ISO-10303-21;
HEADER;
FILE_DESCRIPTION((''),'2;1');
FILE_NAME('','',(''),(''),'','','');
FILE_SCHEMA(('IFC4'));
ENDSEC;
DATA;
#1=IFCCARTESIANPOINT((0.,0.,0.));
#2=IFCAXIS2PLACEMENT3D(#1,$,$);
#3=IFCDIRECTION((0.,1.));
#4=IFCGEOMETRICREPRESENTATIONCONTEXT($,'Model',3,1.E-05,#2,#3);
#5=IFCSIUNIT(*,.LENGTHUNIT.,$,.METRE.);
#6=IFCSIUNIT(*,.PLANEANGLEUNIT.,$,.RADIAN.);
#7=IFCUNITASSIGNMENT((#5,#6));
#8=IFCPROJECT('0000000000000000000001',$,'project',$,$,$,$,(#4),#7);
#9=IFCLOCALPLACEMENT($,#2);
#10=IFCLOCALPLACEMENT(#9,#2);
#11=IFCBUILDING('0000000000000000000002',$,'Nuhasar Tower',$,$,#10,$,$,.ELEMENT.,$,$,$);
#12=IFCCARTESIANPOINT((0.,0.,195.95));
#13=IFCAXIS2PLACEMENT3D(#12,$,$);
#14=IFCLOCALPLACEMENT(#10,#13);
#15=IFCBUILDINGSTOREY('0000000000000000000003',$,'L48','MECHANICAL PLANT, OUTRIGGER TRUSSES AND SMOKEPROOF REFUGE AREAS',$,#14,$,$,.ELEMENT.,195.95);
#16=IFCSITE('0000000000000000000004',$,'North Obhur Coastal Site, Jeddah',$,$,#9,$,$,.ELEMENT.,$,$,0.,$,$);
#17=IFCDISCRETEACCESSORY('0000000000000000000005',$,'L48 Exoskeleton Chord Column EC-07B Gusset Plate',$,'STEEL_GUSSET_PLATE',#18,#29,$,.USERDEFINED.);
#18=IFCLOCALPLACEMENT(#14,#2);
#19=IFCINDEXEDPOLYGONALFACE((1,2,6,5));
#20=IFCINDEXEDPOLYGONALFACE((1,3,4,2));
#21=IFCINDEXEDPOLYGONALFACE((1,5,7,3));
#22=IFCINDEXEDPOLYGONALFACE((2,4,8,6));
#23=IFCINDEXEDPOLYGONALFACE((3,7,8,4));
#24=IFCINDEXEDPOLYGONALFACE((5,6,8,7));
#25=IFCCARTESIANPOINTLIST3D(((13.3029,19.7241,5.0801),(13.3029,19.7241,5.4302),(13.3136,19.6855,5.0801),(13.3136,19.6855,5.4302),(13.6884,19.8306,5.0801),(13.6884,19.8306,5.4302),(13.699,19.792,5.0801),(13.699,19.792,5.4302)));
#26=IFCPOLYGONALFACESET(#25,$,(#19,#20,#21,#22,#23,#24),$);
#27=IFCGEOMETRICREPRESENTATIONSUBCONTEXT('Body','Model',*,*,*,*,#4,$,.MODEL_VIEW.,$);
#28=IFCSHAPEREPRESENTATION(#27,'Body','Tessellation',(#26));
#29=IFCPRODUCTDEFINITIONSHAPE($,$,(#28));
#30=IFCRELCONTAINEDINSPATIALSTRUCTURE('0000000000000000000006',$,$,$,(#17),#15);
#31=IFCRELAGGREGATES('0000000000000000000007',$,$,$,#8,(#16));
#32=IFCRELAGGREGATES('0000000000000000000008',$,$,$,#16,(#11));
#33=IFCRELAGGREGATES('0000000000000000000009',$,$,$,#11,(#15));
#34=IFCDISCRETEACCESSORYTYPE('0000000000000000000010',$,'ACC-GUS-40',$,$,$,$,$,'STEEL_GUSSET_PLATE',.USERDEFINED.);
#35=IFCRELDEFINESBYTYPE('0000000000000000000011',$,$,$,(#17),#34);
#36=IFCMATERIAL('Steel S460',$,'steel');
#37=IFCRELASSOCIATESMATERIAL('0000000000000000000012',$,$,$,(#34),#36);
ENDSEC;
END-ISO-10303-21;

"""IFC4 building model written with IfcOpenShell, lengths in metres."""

from ifc_helpers import new_model, si_unit, direction, frame, origin, origin_2d, place, context, subcontext, project, spatial, rectangle, extrude, material, type_object, element, save


model = new_model("IFC4")

# Units and contexts
model_context = context("Model", 3, precision=1e-05, world=origin(), true_north=direction((0.0, 1.0)))
body_context = subcontext(model_context, "Body", "Model", "MODEL_VIEW")
ifc_project = project(units=[si_unit("LENGTHUNIT", "METRE"), si_unit("PLANEANGLEUNIT", "RADIAN")], contexts=[model_context])

# Site, building, storey
site_placement = place(None, origin())
site = spatial("IfcSite", under=ifc_project, at=site_placement, Name="North Obhur Coastal Site, Jeddah", CompositionType="ELEMENT", RefElevation=0.0)
building_placement = place(site_placement, origin())
building = spatial("IfcBuilding", under=site, at=building_placement, Name="Nuhasar Tower", CompositionType="ELEMENT")
storey_placement = place(building_placement, frame((0.0, 0.0, 195.95)))
storey = spatial("IfcBuildingStorey", under=building, at=storey_placement, Name="L48", Description="MECHANICAL PLANT, OUTRIGGER TRUSSES AND SMOKEPROOF REFUGE AREAS", CompositionType="ELEMENT", Elevation=195.95)

# Shared definitions
ifc_material_1 = material(Name="Steel S460", Category="steel")

# Discrete accessory
discrete_accessory_type = type_object("IfcDiscreteAccessoryType", Name="ACC-GUS-40", ElementType="STEEL_GUSSET_PLATE", PredefinedType="USERDEFINED", material=ifc_material_1)
for number, where, z_axis, x_axis, name in (
    (1, (13.501, 19.7581, 5.0801), (0.0, 0.0, 1.0), (-0.963914, -0.266212, 0.0), "L48 Exoskeleton Chord Column EC-07B Gusset Plate"),
):
    element("IfcDiscreteAccessory", number, at=place(storey_placement, frame(where, z_axis=z_axis, x_axis=x_axis)), inside=storey, type_object=discrete_accessory_type, Name=name, ObjectType="STEEL_GUSSET_PLATE", PredefinedType="USERDEFINED", context=body_context, shape_type="SweptSolid", body=[
        extrude(rectangle(XDim=0.3999, YDim=0.04, at=origin_2d()), origin(), (0.0, 0.0, 1.0), 0.3501),
    ])

save(model, "model.ifc")
